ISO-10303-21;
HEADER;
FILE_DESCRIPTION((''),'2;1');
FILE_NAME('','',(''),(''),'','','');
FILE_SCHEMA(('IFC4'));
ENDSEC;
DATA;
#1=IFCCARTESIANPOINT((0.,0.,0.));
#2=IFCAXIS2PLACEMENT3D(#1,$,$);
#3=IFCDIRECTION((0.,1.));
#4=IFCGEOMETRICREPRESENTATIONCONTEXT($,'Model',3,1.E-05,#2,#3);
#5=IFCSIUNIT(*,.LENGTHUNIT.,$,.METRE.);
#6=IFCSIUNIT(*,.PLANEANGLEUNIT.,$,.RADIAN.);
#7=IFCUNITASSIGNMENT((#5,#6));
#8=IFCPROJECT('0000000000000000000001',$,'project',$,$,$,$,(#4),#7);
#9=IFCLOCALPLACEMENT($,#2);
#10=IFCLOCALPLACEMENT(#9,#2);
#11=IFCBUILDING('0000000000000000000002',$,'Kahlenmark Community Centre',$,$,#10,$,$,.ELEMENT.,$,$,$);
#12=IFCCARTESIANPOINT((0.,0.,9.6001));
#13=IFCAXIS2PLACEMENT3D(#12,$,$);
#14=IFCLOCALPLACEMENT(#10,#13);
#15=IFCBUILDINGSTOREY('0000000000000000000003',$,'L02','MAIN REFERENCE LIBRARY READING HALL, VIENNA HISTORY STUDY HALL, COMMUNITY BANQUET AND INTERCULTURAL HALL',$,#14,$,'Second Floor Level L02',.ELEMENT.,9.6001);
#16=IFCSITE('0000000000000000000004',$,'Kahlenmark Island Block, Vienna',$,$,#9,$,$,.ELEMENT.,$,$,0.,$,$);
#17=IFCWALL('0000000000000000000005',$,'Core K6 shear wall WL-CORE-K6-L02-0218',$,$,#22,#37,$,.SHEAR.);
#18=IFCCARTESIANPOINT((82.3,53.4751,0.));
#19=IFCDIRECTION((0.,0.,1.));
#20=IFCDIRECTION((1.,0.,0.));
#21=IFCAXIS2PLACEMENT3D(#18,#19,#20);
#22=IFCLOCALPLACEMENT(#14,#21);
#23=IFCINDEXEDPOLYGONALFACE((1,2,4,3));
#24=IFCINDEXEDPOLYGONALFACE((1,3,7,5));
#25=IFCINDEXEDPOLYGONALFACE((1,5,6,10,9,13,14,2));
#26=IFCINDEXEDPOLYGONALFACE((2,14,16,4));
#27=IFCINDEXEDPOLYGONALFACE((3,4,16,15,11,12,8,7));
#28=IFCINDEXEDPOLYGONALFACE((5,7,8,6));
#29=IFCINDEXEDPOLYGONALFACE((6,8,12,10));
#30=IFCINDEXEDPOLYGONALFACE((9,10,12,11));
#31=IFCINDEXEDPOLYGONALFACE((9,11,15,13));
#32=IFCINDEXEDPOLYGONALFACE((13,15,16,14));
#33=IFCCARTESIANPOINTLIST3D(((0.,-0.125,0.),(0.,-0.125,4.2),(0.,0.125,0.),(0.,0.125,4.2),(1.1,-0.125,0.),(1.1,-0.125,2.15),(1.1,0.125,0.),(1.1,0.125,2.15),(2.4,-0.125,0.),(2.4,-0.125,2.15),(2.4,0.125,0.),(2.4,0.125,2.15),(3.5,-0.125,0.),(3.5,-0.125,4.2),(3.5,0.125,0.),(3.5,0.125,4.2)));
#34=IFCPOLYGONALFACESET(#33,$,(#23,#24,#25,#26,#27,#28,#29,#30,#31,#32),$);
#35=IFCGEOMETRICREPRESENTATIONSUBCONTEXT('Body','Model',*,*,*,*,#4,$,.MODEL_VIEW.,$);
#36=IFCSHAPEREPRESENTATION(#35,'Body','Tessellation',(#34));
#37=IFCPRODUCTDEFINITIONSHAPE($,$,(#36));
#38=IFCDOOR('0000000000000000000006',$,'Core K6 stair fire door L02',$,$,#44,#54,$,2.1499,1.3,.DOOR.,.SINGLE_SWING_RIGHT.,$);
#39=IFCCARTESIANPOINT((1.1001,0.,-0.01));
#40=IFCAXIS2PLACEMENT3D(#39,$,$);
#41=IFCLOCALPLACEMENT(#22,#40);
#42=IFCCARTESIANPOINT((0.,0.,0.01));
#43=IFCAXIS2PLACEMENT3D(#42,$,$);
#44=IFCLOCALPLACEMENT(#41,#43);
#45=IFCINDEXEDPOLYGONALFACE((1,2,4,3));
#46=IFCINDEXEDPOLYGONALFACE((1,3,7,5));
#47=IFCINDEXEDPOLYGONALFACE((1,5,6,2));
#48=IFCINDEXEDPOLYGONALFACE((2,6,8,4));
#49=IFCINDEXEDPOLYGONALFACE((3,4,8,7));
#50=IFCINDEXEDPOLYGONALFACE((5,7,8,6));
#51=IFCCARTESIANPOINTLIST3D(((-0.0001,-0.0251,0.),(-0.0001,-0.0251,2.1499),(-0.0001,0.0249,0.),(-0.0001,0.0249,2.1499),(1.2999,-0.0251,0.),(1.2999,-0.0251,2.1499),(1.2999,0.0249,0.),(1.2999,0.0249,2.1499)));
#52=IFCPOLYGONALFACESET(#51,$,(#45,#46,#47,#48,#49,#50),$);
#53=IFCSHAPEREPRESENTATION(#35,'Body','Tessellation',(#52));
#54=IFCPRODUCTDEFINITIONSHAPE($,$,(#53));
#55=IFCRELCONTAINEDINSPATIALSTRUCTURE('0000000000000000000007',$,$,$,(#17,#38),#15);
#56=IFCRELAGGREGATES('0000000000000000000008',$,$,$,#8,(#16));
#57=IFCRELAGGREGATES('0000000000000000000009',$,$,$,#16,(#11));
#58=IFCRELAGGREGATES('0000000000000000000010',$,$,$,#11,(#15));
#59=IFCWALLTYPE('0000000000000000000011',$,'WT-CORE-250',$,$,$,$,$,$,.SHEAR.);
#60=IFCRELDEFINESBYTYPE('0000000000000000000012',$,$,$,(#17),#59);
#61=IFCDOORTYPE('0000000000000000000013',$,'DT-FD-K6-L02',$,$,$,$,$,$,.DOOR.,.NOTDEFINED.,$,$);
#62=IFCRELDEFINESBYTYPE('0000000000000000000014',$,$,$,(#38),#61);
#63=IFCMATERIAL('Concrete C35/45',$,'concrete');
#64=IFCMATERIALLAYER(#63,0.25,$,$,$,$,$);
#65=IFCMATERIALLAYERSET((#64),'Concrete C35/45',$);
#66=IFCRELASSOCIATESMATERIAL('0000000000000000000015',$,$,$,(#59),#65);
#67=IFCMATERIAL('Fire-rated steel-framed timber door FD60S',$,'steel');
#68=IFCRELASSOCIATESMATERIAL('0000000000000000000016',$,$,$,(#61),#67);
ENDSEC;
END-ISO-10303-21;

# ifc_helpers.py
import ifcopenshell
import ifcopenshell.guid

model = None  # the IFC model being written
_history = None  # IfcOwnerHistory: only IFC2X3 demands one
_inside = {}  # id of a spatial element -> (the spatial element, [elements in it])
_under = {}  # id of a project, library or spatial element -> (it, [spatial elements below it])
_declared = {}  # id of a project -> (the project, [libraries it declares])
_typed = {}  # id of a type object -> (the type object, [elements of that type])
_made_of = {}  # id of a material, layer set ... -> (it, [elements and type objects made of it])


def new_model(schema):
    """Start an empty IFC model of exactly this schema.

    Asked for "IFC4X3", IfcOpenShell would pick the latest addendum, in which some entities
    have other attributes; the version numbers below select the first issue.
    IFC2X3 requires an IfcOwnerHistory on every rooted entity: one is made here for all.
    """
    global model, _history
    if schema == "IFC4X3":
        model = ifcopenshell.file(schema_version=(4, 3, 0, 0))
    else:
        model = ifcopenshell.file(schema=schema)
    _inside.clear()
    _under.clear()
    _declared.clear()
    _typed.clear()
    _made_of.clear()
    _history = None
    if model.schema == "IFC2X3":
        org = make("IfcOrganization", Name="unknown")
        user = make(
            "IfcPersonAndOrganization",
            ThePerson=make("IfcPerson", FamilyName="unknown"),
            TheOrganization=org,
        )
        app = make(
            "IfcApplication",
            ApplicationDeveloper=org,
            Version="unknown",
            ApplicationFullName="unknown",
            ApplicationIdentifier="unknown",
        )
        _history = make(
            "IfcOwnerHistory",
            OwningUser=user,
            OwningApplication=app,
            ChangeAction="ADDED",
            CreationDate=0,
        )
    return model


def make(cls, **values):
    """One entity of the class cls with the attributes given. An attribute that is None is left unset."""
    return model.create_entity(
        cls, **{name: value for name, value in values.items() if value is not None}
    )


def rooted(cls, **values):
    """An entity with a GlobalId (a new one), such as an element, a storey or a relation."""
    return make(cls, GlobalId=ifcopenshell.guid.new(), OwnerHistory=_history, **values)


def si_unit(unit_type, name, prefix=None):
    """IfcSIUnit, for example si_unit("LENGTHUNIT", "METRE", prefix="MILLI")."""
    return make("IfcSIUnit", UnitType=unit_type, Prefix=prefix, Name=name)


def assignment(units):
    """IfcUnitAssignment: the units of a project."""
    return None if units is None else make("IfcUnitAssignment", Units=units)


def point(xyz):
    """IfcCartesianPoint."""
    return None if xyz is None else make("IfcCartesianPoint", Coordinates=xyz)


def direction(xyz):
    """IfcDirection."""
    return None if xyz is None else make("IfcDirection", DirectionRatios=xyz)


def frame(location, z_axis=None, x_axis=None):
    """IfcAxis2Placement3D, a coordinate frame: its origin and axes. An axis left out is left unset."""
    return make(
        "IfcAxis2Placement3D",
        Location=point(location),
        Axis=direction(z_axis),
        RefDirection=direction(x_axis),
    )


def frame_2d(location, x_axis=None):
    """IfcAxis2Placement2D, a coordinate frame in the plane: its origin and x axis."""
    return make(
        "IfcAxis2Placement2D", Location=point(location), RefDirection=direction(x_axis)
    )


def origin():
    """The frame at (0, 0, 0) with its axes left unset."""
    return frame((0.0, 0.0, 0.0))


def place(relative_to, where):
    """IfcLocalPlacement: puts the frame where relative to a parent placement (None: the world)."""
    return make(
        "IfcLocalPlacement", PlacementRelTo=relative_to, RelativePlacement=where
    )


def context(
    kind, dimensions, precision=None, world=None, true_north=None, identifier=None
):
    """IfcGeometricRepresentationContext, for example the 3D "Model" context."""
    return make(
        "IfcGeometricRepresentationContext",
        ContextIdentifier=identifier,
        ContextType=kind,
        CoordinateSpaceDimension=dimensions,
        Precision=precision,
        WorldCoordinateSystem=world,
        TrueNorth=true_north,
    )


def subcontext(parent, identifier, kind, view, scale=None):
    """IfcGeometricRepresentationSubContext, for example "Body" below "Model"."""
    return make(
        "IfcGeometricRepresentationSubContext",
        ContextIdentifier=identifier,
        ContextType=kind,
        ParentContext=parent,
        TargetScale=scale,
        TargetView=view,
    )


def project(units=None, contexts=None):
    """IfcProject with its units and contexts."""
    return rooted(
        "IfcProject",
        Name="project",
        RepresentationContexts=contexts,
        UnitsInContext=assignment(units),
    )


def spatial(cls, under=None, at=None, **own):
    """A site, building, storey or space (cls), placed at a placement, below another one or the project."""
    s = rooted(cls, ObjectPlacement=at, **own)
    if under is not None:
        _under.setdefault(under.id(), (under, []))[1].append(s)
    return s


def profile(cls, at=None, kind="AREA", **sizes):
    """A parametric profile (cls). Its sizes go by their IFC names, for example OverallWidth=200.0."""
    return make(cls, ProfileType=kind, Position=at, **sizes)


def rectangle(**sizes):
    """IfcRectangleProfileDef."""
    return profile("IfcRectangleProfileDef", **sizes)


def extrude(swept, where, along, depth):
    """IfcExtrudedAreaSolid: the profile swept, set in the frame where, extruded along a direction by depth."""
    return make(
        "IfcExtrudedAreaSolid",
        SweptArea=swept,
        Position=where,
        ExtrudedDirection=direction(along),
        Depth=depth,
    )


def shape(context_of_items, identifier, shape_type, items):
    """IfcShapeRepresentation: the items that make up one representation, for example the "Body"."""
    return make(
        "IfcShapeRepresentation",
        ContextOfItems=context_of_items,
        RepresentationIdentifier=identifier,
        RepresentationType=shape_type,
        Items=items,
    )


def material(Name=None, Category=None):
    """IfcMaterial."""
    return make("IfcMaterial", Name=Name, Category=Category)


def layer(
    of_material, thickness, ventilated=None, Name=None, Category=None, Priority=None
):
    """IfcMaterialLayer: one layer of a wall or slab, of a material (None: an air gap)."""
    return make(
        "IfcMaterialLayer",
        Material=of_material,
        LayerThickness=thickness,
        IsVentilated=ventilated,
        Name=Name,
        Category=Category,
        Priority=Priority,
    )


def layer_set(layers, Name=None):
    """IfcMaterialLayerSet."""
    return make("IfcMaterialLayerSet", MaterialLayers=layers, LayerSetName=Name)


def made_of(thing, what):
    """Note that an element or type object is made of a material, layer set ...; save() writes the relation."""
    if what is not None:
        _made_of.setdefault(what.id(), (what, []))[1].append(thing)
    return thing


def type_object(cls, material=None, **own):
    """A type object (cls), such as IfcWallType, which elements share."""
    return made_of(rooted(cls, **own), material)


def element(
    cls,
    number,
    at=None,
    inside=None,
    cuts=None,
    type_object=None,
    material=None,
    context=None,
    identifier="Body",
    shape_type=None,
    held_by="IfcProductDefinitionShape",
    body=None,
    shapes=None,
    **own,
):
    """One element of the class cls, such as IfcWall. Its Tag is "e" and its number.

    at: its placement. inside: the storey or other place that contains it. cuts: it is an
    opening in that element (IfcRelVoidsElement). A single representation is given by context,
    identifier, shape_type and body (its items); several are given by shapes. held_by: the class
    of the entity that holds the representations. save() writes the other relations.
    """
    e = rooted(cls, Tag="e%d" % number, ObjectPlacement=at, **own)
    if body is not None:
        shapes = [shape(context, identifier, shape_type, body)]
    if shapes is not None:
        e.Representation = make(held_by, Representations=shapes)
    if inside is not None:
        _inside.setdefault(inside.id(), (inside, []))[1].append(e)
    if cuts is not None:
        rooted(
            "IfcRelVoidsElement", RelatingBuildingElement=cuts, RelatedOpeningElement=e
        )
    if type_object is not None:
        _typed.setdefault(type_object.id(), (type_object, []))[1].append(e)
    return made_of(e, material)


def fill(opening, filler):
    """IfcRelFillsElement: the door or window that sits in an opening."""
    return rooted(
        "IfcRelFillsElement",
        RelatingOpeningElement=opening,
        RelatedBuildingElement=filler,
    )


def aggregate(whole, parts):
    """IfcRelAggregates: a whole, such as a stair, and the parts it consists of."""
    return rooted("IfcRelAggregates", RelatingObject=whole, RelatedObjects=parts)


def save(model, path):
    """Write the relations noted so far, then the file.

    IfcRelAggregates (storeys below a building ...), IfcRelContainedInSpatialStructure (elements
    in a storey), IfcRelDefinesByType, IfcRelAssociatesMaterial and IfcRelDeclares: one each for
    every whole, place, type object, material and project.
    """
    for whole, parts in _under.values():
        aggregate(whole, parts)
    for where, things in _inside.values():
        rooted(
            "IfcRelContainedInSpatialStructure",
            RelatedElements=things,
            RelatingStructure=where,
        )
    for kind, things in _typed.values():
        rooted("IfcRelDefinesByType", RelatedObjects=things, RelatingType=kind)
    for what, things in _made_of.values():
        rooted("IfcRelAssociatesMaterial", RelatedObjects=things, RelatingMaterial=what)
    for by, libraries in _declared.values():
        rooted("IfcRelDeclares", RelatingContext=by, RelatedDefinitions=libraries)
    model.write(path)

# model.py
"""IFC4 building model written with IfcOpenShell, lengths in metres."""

from ifc_helpers import new_model, si_unit, direction, frame, frame_2d, origin, place, context, subcontext, project, spatial, rectangle, extrude, material, layer, layer_set, type_object, element, fill, save


model = new_model("IFC4")

# Units and contexts
model_context = context("Model", 3, precision=1e-05, world=origin(), true_north=direction((0.0, 1.0)))
body_context = subcontext(model_context, "Body", "Model", "MODEL_VIEW")
ifc_project = project(units=[si_unit("LENGTHUNIT", "METRE"), si_unit("PLANEANGLEUNIT", "RADIAN")], contexts=[model_context])

# Site, building, storey
site_placement = place(None, origin())
site = spatial("IfcSite", under=ifc_project, at=site_placement, Name="Kahlenmark Island Block, Vienna", CompositionType="ELEMENT", RefElevation=0.0)
building_placement = place(site_placement, origin())
building = spatial("IfcBuilding", under=site, at=building_placement, Name="Kahlenmark Community Centre", CompositionType="ELEMENT")
storey_placement = place(building_placement, frame((0.0, 0.0, 9.6001)))
storey = spatial("IfcBuildingStorey", under=building, at=storey_placement, Name="L02", Description="MAIN REFERENCE LIBRARY READING HALL, VIENNA HISTORY STUDY HALL, COMMUNITY BANQUET AND INTERCULTURAL HALL", LongName="Second Floor Level L02", CompositionType="ELEMENT", Elevation=9.6001)

# Wall, opening, door
ifc_material_1 = material(Name="Concrete C35/45", Category="concrete")
ifc_layer_1 = layer(ifc_material_1, 0.25)
ifc_layer_set_1 = layer_set([ifc_layer_1], Name="Concrete C35/45")
wall_type_1 = type_object("IfcWallType", Name="WT-CORE-250", PredefinedType="SHEAR", material=ifc_layer_set_1)
wall_1_placement = place(storey_placement, frame((82.3, 53.4751, 0.0), z_axis=(0.0, 0.0, 1.0), x_axis=(1.0, 0.0, 0.0)))
wall_1 = element("IfcWall", 1, at=wall_1_placement, inside=storey, type_object=wall_type_1, Name="Core K6 shear wall WL-CORE-K6-L02-0218", PredefinedType="SHEAR", context=body_context, shape_type="SweptSolid", body=[
    extrude(rectangle(XDim=3.5, YDim=0.25, at=frame_2d((1.75, 0.0))), origin(), (0.0, 0.0, 1.0), 4.2),
])
opening_1_placement = place(wall_1_placement, frame((1.1001, 0.0, -0.01)))
opening_1 = element("IfcOpeningElement", 2, at=opening_1_placement, cuts=wall_1, PredefinedType="OPENING", context=body_context, shape_type="SweptSolid", body=[
    extrude(rectangle(XDim=1.3, YDim=2.1599, at=frame_2d((0.6499, 1.0801))), frame((0.0, 0.135, 0.0), z_axis=(0.0, -1.0, 0.0), x_axis=(1.0, 0.0, 0.0)), (0.0, 0.0, 1.0), 0.27),
])
ifc_material_2 = material(Name="Fire-rated steel-framed timber door FD60S", Category="steel")
door_type_1 = type_object("IfcDoorType", Name="DT-FD-K6-L02", OperationType="NOTDEFINED", PredefinedType="DOOR", material=ifc_material_2)
door_1_placement = place(opening_1_placement, frame((0.0, 0.0, 0.01)))
door_1 = element("IfcDoor", 3, at=door_1_placement, inside=storey, type_object=door_type_1, Name="Core K6 stair fire door L02", OperationType="SINGLE_SWING_RIGHT", OverallHeight=2.1499, OverallWidth=1.3, PredefinedType="DOOR", context=body_context, shape_type="SweptSolid", body=[
    extrude(rectangle(XDim=1.3, YDim=2.1499, at=frame_2d((0.6499, 1.075))), frame((0.0, 0.0249, 0.0), z_axis=(0.0, -1.0, 0.0), x_axis=(1.0, 0.0, 0.0)), (0.0, 0.0, 1.0), 0.05),
])
fill(opening_1, door_1)

save(model, "model.ifc")
